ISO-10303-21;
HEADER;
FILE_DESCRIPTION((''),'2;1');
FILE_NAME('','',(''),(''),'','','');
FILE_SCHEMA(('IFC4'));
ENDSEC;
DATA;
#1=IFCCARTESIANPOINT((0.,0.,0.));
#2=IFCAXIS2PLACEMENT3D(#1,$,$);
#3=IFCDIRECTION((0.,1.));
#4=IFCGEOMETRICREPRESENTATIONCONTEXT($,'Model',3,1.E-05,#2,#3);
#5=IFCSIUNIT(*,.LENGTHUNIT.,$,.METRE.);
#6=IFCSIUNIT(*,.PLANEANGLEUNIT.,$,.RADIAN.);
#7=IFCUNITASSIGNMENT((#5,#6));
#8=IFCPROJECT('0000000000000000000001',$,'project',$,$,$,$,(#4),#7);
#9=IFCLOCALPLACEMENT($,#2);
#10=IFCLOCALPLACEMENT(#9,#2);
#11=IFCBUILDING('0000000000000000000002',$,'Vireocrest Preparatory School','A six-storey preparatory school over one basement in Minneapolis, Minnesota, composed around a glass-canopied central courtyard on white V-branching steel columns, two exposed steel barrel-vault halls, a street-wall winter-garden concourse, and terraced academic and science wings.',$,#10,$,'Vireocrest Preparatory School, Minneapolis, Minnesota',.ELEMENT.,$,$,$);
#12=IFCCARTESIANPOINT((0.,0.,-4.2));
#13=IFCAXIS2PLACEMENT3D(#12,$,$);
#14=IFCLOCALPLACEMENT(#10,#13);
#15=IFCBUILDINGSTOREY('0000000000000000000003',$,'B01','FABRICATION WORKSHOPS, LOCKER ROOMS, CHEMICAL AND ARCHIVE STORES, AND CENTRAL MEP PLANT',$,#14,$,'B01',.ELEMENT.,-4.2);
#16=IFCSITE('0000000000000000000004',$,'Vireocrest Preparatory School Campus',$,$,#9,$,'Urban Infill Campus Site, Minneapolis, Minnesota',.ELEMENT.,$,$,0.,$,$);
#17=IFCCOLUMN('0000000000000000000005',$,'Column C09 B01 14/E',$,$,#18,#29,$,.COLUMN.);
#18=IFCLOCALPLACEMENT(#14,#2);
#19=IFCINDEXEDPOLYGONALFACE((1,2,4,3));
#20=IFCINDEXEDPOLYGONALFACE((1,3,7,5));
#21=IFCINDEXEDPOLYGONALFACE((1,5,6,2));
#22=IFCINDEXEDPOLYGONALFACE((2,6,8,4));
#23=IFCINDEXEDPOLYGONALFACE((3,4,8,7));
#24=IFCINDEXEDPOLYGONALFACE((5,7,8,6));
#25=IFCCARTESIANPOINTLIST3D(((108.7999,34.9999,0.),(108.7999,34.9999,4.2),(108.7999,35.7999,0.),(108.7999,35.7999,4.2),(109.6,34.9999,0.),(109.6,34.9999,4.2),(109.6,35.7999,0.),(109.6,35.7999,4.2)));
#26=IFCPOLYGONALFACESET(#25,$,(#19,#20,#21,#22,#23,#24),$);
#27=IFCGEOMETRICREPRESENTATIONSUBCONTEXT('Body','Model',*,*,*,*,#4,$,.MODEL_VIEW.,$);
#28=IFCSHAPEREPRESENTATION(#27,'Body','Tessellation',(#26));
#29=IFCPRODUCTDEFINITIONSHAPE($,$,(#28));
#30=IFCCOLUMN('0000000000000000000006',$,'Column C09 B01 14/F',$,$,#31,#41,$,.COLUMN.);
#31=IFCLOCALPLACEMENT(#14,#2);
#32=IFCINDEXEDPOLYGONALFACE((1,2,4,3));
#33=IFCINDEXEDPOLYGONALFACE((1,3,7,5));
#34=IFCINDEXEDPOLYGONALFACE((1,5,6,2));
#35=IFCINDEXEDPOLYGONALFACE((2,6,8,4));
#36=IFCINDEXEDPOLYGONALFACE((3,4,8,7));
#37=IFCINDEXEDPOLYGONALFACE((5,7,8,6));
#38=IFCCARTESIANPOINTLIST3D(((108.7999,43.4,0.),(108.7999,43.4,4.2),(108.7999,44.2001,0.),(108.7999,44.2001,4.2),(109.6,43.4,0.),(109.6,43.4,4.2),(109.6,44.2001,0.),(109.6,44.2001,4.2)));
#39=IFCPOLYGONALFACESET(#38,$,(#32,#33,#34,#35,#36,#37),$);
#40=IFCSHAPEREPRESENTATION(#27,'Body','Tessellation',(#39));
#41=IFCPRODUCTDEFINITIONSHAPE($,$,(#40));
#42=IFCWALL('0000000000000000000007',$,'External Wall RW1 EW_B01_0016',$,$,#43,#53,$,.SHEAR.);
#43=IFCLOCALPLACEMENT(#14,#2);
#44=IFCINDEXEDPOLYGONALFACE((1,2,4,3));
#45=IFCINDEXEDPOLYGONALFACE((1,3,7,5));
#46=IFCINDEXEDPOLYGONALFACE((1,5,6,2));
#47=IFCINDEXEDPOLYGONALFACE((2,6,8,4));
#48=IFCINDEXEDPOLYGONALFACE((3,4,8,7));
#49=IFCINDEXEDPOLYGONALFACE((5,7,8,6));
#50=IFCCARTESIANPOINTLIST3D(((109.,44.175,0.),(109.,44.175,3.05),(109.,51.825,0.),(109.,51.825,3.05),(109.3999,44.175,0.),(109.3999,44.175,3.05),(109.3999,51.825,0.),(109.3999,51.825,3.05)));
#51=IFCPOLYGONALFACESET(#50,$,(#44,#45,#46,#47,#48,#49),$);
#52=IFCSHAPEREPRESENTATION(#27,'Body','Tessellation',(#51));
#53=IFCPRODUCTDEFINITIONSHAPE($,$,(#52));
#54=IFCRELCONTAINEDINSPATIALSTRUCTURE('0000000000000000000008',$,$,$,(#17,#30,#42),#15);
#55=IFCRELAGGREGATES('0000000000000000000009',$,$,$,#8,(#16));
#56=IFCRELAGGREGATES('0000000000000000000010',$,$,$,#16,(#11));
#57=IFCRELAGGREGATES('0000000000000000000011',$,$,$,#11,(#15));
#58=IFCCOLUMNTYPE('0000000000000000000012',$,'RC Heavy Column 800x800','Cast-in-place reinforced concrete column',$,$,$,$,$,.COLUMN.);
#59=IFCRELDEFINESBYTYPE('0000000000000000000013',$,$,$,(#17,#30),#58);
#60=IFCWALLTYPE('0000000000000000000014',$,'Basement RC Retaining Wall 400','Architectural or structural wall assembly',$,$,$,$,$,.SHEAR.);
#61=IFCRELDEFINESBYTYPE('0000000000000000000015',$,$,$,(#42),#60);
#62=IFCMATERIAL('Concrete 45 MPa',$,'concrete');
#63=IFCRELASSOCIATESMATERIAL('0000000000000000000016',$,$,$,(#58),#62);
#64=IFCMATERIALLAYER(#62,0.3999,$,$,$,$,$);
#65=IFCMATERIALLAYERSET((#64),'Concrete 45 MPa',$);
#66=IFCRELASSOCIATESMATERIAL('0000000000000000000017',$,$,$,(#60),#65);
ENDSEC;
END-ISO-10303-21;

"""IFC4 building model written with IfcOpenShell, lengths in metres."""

from ifc_helpers import new_model, si_unit, direction, frame, frame_2d, origin, origin_2d, place, context, subcontext, project, spatial, rectangle, extrude, material, layer, layer_set, material_profile, profile_set, type_object, element, save


model = new_model("IFC4")

# Units and contexts
model_context = context("Model", 3, precision=1e-05, world=origin(), true_north=direction((0.0, 1.0)))
body_context = subcontext(model_context, "Body", "Model", "MODEL_VIEW")
ifc_project = project(units=[si_unit("LENGTHUNIT", "METRE"), si_unit("PLANEANGLEUNIT", "RADIAN")], contexts=[model_context])

# Site, building, storey
site_placement = place(None, origin())
site = spatial("IfcSite", under=ifc_project, at=site_placement, Name="Vireocrest Preparatory School Campus", LongName="Urban Infill Campus Site, Minneapolis, Minnesota", CompositionType="ELEMENT", RefElevation=0.0)
building_placement = place(site_placement, origin())
building = spatial("IfcBuilding", under=site, at=building_placement, Name="Vireocrest Preparatory School", Description="A six-storey preparatory school over one basement in Minneapolis, Minnesota, composed around a glass-canopied central courtyard on white V-branching steel columns, two exposed steel barrel-vault halls, a street-wall winter-garden concourse, and terraced academic and science wings.", LongName="Vireocrest Preparatory School, Minneapolis, Minnesota", CompositionType="ELEMENT")
storey_placement = place(building_placement, frame((0.0, 0.0, -4.2)))
storey = spatial("IfcBuildingStorey", under=building, at=storey_placement, Name="B01", Description="FABRICATION WORKSHOPS, LOCKER ROOMS, CHEMICAL AND ARCHIVE STORES, AND CENTRAL MEP PLANT", LongName="B01", CompositionType="ELEMENT", Elevation=-4.2)

# Columns
ifc_material_1 = material(Name="Concrete 45 MPa", Category="concrete")
ifc_material_profile_1 = material_profile(ifc_material_1, rectangle(XDim=0.8, YDim=0.8, at=origin_2d()), Name="RC 800x800")
ifc_profile_set_1 = profile_set([ifc_material_profile_1], Name="Concrete 45 MPa")
column_type_1 = type_object("IfcColumnType", Name="RC Heavy Column 800x800", Description="Cast-in-place reinforced concrete column", PredefinedType="COLUMN", material=ifc_profile_set_1)
for number, where, z_axis, x_axis, name in (
    (1, (109.2, 35.3999, 0.0), (0.0, 0.0, 1.0), (1.0, 0.0, 0.0), "Column C09 B01 14/E"),
    (2, (109.2, 43.8, 0.0), (0.0, 0.0, 1.0), (1.0, 0.0, 0.0), "Column C09 B01 14/F"),
):
    element("IfcColumn", number, at=place(storey_placement, frame(where, z_axis=z_axis, x_axis=x_axis)), inside=storey, type_object=column_type_1, Name=name, PredefinedType="COLUMN", context=body_context, shape_type="SweptSolid", body=[
        extrude(rectangle(XDim=0.8, YDim=0.8, at=origin_2d()), origin(), (0.0, 0.0, 1.0), 4.2),
    ])

# Wall
ifc_layer = layer(ifc_material_1, 0.3999)
ifc_layer_set = layer_set([ifc_layer], Name="Concrete 45 MPa")
wall_type = type_object("IfcWallType", Name="Basement RC Retaining Wall 400", Description="Architectural or structural wall assembly", PredefinedType="SHEAR", material=ifc_layer_set)
wall_placement = place(storey_placement, frame((109.2, 44.175, 0.0), z_axis=(0.0, 0.0, 1.0), x_axis=(0.0, 1.0, 0.0)))
element("IfcWall", 3, at=wall_placement, inside=storey, type_object=wall_type, Name="External Wall RW1 EW_B01_0016", PredefinedType="SHEAR", context=body_context, shape_type="SweptSolid", body=[
    extrude(rectangle(XDim=7.6499, YDim=0.3999, at=frame_2d((3.825, 0.0))), origin(), (0.0, 0.0, 1.0), 3.05),
])

save(model, "model.ifc")
